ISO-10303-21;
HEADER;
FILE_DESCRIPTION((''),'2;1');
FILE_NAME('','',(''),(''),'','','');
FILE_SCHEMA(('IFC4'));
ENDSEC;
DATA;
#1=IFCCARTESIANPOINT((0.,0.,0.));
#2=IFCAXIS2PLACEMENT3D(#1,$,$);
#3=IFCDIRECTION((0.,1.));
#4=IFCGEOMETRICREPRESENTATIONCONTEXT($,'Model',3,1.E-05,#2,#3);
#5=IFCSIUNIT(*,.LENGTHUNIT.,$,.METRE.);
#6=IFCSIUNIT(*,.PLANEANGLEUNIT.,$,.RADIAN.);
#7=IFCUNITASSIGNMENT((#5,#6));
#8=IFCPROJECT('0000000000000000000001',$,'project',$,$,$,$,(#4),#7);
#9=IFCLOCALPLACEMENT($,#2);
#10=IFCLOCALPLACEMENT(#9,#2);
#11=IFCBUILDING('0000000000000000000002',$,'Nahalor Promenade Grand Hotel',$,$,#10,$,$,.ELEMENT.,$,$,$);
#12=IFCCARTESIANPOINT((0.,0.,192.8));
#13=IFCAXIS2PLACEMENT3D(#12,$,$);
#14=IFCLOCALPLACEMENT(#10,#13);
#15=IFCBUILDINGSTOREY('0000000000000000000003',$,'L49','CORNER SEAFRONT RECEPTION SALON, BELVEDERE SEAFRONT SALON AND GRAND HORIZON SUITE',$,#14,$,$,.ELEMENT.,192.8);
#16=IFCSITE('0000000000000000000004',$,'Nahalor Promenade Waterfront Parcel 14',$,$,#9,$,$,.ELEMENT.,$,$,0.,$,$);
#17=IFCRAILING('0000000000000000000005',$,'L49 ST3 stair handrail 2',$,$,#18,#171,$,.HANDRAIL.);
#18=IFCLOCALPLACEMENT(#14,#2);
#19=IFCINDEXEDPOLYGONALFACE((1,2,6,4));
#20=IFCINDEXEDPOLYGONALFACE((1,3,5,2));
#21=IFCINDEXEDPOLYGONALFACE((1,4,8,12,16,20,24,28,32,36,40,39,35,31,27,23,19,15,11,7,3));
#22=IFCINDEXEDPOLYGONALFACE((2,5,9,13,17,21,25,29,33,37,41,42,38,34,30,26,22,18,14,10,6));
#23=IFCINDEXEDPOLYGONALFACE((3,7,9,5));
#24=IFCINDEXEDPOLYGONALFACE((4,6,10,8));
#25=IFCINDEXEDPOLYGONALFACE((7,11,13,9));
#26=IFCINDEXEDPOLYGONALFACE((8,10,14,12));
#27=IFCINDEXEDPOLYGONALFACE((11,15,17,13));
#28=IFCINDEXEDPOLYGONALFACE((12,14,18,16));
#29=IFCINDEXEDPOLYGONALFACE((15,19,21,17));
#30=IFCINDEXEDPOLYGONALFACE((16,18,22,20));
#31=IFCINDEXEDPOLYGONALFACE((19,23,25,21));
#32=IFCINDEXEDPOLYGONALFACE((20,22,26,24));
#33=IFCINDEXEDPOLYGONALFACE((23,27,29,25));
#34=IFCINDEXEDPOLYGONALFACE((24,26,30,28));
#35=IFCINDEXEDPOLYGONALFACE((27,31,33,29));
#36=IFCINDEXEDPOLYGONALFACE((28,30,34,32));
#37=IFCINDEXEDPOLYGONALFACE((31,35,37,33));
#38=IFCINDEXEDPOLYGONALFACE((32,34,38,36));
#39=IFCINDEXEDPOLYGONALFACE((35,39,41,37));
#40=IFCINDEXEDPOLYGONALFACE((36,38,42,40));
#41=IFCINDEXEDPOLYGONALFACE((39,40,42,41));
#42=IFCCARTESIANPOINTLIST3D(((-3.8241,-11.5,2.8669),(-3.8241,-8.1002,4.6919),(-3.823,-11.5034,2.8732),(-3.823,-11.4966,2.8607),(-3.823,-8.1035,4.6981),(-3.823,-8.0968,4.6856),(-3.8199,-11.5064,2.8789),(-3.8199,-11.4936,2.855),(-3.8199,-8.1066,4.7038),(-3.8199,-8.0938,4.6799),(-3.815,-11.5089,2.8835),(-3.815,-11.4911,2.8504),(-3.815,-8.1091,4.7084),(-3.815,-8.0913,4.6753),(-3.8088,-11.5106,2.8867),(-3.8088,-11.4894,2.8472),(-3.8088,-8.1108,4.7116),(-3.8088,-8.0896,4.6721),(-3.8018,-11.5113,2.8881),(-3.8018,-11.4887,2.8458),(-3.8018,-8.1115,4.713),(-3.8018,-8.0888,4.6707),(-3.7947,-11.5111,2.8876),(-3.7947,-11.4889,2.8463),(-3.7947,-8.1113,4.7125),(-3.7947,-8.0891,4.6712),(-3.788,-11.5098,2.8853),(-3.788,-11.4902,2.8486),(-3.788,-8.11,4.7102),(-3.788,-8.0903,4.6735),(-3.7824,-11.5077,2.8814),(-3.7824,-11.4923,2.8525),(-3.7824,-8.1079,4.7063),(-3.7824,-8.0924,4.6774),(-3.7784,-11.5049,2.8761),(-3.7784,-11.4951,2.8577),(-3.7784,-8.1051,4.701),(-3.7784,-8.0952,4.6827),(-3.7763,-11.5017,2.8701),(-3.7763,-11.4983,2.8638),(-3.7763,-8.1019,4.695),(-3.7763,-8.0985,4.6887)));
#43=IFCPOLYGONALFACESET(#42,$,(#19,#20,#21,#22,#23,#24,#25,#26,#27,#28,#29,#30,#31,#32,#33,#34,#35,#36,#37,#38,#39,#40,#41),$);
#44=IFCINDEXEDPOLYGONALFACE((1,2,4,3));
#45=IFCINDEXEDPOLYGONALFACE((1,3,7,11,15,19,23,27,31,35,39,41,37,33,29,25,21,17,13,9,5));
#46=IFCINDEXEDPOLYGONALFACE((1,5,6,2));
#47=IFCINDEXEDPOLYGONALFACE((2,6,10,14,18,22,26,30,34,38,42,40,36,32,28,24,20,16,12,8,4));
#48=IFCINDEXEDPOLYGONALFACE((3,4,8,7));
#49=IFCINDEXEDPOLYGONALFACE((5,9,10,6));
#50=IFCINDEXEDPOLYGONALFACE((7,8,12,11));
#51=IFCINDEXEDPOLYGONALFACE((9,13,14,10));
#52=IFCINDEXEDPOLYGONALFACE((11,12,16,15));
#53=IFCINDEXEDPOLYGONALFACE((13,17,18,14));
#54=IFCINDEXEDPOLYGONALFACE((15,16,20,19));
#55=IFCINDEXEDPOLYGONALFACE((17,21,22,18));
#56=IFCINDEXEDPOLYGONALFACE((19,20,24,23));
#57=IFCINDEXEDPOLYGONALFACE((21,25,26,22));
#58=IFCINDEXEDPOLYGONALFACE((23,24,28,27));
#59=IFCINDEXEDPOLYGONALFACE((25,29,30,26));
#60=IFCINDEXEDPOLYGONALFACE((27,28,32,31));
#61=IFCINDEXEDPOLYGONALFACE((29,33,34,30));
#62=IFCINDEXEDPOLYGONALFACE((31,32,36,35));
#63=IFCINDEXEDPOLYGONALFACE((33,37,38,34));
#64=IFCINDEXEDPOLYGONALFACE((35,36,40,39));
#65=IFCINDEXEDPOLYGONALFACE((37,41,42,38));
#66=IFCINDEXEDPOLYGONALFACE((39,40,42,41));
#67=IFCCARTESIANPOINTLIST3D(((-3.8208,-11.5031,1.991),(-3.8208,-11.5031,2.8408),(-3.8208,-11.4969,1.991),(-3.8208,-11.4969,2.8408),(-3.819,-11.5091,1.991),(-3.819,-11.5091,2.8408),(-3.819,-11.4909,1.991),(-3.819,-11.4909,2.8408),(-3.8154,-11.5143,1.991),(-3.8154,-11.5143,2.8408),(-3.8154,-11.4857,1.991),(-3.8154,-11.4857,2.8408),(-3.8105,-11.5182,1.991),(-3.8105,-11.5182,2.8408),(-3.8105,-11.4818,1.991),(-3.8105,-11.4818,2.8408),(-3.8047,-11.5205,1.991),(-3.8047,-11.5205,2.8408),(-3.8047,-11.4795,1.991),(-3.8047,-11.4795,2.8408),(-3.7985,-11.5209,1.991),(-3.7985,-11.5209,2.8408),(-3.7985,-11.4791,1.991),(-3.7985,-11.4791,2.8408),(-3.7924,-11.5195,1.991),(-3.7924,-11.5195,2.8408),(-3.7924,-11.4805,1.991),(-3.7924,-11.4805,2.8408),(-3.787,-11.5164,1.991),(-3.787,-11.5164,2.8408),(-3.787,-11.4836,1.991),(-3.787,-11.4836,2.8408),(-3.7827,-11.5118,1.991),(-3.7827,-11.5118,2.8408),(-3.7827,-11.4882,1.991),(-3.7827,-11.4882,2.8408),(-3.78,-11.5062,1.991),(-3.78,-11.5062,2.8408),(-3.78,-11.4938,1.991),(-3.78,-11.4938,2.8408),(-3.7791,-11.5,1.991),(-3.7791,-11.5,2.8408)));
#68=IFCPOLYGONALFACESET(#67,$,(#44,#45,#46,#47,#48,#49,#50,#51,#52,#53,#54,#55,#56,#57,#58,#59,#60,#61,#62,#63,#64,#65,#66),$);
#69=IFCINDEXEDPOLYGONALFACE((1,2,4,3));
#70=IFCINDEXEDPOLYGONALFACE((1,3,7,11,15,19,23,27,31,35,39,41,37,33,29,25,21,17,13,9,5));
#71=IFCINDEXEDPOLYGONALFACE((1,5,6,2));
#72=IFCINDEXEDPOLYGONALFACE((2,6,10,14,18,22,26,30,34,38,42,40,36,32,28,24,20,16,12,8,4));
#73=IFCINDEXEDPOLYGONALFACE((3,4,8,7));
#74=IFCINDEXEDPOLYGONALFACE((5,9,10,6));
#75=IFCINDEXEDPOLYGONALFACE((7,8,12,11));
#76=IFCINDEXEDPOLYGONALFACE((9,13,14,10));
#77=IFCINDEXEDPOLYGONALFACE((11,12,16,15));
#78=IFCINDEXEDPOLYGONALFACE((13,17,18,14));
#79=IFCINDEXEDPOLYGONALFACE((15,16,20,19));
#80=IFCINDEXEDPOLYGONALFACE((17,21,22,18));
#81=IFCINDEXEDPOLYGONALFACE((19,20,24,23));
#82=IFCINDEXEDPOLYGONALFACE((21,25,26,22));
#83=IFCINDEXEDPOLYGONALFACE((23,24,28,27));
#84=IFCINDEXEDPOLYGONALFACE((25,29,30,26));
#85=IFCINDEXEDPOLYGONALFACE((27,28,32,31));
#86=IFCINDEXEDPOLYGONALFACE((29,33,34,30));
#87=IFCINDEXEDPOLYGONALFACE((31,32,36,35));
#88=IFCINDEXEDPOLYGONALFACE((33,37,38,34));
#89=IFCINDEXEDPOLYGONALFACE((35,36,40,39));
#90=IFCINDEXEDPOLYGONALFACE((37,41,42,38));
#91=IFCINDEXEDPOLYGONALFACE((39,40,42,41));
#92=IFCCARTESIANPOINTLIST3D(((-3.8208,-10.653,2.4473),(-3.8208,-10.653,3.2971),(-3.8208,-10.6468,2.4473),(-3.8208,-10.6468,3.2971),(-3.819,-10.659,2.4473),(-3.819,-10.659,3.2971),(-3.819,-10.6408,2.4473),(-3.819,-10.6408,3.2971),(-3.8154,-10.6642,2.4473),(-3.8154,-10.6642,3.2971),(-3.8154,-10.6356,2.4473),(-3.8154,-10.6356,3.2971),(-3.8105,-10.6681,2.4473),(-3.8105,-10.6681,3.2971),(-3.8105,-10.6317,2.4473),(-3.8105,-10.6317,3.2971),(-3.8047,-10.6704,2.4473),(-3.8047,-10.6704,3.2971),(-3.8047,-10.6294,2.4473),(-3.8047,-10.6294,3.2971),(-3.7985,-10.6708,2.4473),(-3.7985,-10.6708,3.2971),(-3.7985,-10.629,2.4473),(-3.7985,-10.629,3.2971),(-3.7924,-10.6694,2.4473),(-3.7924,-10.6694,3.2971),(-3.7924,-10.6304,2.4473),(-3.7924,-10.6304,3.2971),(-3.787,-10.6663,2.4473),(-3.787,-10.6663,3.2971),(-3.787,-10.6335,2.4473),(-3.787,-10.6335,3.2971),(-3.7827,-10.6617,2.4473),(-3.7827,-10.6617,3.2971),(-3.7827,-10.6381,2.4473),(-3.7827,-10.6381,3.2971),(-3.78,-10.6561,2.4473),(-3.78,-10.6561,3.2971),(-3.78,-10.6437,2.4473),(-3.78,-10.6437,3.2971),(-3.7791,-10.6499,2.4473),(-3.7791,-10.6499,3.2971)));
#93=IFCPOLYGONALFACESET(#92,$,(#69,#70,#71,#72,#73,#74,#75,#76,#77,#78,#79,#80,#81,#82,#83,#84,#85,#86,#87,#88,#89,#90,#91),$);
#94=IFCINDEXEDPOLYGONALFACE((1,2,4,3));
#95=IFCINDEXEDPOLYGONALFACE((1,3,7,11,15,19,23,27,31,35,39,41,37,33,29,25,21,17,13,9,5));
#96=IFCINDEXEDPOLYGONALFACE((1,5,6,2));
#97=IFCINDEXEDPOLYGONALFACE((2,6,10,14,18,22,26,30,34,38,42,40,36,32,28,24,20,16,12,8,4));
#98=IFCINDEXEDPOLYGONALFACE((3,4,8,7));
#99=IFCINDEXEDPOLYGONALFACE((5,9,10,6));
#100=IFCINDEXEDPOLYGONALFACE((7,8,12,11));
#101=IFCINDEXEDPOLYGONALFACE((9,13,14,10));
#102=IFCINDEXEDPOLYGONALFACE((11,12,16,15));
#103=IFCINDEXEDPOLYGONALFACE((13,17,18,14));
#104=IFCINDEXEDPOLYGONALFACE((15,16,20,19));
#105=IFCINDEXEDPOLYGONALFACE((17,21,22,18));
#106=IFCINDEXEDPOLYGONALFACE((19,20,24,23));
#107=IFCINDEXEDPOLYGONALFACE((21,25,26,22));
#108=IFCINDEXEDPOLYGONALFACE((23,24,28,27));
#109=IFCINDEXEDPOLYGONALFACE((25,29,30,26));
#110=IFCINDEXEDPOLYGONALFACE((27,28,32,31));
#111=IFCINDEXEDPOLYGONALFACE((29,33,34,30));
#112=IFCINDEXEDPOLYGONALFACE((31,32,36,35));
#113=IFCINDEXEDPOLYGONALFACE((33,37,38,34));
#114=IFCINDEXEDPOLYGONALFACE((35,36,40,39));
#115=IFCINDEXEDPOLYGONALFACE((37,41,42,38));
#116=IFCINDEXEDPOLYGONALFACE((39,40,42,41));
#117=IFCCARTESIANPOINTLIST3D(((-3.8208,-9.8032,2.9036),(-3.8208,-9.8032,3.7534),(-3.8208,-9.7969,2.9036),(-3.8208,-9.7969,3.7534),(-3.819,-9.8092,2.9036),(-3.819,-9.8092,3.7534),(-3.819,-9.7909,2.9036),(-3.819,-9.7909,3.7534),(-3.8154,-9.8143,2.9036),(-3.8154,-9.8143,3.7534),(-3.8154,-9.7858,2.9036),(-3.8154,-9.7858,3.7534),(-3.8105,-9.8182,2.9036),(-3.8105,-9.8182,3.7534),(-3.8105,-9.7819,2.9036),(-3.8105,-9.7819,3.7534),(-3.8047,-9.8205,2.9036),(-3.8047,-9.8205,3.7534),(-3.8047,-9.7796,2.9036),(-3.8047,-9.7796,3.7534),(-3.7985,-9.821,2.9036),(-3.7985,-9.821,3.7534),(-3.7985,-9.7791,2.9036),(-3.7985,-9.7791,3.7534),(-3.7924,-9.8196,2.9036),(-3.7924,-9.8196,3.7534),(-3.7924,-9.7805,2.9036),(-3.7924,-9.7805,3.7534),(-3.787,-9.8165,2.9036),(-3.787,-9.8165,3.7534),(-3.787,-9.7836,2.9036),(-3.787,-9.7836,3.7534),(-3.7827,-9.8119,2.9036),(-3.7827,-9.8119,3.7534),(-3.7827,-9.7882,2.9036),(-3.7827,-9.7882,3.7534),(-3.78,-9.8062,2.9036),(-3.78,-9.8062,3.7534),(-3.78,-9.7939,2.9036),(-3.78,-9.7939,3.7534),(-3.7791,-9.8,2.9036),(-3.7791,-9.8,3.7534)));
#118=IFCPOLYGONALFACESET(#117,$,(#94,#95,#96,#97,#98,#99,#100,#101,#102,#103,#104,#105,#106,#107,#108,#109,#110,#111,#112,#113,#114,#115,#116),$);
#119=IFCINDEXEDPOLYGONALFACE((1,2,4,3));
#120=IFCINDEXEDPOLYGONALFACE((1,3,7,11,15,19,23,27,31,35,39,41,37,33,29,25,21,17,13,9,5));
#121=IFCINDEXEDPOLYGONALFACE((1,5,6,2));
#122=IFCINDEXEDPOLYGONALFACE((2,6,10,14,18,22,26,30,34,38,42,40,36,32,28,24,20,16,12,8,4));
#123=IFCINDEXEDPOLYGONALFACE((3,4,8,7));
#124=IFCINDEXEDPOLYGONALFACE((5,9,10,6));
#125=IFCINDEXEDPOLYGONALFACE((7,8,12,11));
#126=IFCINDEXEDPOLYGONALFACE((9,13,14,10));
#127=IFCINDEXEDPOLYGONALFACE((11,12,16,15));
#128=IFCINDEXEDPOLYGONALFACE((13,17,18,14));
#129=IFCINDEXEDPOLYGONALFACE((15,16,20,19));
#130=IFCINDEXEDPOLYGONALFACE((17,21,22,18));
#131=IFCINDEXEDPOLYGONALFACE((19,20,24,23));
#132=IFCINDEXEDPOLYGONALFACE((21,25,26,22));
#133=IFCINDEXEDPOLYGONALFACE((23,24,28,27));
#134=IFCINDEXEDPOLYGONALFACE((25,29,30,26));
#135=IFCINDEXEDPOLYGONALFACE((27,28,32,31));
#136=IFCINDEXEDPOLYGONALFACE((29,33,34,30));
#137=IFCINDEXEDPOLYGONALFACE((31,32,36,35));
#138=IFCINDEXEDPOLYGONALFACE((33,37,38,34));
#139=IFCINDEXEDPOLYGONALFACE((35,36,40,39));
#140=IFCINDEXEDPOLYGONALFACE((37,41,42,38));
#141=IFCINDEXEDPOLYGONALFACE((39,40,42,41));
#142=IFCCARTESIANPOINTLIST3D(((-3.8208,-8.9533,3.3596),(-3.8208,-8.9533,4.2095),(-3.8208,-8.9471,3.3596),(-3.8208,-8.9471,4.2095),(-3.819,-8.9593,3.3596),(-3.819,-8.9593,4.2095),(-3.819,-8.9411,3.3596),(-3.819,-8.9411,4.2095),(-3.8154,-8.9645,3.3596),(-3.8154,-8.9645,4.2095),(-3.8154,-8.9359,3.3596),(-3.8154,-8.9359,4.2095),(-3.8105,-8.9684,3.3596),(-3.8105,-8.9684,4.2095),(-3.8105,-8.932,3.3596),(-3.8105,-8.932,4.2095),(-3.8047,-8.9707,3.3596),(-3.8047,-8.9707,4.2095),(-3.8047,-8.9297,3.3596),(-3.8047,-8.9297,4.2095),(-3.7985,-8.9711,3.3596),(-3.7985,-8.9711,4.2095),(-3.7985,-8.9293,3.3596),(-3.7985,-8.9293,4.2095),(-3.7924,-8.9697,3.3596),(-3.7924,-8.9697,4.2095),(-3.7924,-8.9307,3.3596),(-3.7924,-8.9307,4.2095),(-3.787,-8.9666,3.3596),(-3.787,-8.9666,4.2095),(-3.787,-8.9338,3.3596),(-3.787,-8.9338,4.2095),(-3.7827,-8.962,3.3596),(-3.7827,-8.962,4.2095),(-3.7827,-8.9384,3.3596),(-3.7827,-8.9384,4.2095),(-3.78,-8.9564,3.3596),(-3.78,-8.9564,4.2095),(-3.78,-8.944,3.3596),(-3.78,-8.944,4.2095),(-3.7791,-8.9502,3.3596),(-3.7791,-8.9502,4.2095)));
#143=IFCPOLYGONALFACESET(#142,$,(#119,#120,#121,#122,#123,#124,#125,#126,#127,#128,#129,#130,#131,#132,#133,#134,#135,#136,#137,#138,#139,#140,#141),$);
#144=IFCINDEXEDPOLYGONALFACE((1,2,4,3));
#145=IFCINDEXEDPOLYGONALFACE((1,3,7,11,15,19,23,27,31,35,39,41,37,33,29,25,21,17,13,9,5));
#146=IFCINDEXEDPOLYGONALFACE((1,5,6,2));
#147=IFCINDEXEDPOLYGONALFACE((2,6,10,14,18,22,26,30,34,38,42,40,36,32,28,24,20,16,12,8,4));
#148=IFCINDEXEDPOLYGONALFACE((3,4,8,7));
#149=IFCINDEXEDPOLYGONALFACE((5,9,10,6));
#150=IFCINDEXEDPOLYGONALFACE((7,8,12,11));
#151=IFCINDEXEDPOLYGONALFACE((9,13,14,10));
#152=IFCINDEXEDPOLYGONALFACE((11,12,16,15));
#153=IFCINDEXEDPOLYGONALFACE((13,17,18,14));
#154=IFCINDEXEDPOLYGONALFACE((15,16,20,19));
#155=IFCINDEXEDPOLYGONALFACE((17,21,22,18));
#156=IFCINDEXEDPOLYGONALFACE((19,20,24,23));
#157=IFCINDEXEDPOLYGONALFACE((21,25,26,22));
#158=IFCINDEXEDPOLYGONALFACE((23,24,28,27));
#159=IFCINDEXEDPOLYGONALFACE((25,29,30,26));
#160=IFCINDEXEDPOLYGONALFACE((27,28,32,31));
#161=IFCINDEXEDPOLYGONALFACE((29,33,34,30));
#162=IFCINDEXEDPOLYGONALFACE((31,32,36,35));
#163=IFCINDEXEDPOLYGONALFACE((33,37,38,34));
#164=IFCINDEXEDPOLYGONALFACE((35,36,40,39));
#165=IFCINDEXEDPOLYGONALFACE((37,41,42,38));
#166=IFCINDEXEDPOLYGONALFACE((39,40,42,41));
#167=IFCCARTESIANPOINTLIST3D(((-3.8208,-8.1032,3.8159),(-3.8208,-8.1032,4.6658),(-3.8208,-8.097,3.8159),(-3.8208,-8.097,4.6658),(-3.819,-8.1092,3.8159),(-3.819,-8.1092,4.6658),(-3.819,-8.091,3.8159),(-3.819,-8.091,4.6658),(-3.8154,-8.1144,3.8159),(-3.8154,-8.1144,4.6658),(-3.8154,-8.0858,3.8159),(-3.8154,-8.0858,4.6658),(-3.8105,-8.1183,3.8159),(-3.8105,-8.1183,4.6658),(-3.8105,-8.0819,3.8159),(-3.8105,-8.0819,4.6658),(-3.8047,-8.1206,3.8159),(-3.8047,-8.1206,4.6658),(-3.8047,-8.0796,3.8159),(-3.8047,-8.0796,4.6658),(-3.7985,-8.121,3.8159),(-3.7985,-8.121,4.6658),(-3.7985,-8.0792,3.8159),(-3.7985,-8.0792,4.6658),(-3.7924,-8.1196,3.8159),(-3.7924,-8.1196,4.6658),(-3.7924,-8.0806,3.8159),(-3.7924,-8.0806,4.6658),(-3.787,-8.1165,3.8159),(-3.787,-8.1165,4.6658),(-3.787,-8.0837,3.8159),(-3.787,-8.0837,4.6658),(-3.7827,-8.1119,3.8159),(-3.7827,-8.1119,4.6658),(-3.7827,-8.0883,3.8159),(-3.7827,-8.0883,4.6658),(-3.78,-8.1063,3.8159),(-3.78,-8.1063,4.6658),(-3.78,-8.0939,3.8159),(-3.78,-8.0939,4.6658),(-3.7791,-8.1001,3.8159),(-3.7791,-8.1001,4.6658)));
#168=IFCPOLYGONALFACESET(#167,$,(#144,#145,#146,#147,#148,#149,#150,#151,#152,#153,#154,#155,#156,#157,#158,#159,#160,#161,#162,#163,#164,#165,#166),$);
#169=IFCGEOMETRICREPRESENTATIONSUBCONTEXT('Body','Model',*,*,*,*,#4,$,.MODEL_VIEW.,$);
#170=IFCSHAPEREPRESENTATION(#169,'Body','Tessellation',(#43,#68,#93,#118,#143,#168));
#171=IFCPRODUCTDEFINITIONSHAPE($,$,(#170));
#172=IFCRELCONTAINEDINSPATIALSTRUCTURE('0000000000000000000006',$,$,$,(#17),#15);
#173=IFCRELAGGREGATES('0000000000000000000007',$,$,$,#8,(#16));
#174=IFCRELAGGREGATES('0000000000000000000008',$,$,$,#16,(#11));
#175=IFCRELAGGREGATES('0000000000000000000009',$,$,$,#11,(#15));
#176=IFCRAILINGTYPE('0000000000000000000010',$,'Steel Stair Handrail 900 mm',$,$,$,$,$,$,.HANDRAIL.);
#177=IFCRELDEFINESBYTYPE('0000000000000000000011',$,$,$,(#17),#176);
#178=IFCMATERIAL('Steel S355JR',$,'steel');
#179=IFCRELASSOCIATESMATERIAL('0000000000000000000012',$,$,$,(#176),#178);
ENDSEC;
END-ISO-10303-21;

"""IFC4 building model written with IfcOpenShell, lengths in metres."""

from ifc_helpers import new_model, si_unit, direction, frame, origin, origin_2d, place, context, subcontext, project, spatial, circle, extrude, material, type_object, element, save


model = new_model("IFC4")

# Units and contexts
model_context = context("Model", 3, precision=1e-05, world=origin(), true_north=direction((0.0, 1.0)))
body_context = subcontext(model_context, "Body", "Model", "MODEL_VIEW")
ifc_project = project(units=[si_unit("LENGTHUNIT", "METRE"), si_unit("PLANEANGLEUNIT", "RADIAN")], contexts=[model_context])

# Site, building, storey
site_placement = place(None, origin())
site = spatial("IfcSite", under=ifc_project, at=site_placement, Name="Nahalor Promenade Waterfront Parcel 14", CompositionType="ELEMENT", RefElevation=0.0)
building_placement = place(site_placement, origin())
building = spatial("IfcBuilding", under=site, at=building_placement, Name="Nahalor Promenade Grand Hotel", CompositionType="ELEMENT")
storey_placement = place(building_placement, frame((0.0, 0.0, 192.8)))
storey = spatial("IfcBuildingStorey", under=building, at=storey_placement, Name="L49", Description="CORNER SEAFRONT RECEPTION SALON, BELVEDERE SEAFRONT SALON AND GRAND HORIZON SUITE", CompositionType="ELEMENT", Elevation=192.8)

# Shared definitions
ifc_material_1 = material(Name="Steel S355JR", Category="steel")

# Railing
railing_type_1 = type_object("IfcRailingType", Name="Steel Stair Handrail 900 mm", PredefinedType="HANDRAIL", material=ifc_material_1)
railing_1_placement = place(storey_placement, frame((-3.8, -11.5, 1.991)))
element("IfcRailing", 1, at=railing_1_placement, inside=storey, type_object=railing_type_1, Name="L49 ST3 stair handrail 2", PredefinedType="HANDRAIL", context=body_context, shape_type="SweptSolid", body=[
    extrude(circle(Radius=0.024, at=origin_2d()), frame((0.0, 0.0, 0.876), z_axis=(0.0, 0.881094, 0.472941), x_axis=(-1.0, 0.0, 0.0)), (0.0, 0.0, 1.0), 3.8586),
    extrude(circle(Radius=0.021, at=origin_2d()), origin(), (0.0, 0.0, 1.0), 0.8499),
    extrude(circle(Radius=0.021, at=origin_2d()), frame((0.0, 0.8501, 0.4563)), (0.0, 0.0, 1.0), 0.8499),
    extrude(circle(Radius=0.021, at=origin_2d()), frame((0.0, 1.7, 0.9126)), (0.0, 0.0, 1.0), 0.8499),
    extrude(circle(Radius=0.021, at=origin_2d()), frame((0.0, 2.5498, 1.3687)), (0.0, 0.0, 1.0), 0.8499),
    extrude(circle(Radius=0.021, at=origin_2d()), frame((0.0, 3.3999, 1.825)), (0.0, 0.0, 1.0), 0.8499),
])

save(model, "model.ifc")
